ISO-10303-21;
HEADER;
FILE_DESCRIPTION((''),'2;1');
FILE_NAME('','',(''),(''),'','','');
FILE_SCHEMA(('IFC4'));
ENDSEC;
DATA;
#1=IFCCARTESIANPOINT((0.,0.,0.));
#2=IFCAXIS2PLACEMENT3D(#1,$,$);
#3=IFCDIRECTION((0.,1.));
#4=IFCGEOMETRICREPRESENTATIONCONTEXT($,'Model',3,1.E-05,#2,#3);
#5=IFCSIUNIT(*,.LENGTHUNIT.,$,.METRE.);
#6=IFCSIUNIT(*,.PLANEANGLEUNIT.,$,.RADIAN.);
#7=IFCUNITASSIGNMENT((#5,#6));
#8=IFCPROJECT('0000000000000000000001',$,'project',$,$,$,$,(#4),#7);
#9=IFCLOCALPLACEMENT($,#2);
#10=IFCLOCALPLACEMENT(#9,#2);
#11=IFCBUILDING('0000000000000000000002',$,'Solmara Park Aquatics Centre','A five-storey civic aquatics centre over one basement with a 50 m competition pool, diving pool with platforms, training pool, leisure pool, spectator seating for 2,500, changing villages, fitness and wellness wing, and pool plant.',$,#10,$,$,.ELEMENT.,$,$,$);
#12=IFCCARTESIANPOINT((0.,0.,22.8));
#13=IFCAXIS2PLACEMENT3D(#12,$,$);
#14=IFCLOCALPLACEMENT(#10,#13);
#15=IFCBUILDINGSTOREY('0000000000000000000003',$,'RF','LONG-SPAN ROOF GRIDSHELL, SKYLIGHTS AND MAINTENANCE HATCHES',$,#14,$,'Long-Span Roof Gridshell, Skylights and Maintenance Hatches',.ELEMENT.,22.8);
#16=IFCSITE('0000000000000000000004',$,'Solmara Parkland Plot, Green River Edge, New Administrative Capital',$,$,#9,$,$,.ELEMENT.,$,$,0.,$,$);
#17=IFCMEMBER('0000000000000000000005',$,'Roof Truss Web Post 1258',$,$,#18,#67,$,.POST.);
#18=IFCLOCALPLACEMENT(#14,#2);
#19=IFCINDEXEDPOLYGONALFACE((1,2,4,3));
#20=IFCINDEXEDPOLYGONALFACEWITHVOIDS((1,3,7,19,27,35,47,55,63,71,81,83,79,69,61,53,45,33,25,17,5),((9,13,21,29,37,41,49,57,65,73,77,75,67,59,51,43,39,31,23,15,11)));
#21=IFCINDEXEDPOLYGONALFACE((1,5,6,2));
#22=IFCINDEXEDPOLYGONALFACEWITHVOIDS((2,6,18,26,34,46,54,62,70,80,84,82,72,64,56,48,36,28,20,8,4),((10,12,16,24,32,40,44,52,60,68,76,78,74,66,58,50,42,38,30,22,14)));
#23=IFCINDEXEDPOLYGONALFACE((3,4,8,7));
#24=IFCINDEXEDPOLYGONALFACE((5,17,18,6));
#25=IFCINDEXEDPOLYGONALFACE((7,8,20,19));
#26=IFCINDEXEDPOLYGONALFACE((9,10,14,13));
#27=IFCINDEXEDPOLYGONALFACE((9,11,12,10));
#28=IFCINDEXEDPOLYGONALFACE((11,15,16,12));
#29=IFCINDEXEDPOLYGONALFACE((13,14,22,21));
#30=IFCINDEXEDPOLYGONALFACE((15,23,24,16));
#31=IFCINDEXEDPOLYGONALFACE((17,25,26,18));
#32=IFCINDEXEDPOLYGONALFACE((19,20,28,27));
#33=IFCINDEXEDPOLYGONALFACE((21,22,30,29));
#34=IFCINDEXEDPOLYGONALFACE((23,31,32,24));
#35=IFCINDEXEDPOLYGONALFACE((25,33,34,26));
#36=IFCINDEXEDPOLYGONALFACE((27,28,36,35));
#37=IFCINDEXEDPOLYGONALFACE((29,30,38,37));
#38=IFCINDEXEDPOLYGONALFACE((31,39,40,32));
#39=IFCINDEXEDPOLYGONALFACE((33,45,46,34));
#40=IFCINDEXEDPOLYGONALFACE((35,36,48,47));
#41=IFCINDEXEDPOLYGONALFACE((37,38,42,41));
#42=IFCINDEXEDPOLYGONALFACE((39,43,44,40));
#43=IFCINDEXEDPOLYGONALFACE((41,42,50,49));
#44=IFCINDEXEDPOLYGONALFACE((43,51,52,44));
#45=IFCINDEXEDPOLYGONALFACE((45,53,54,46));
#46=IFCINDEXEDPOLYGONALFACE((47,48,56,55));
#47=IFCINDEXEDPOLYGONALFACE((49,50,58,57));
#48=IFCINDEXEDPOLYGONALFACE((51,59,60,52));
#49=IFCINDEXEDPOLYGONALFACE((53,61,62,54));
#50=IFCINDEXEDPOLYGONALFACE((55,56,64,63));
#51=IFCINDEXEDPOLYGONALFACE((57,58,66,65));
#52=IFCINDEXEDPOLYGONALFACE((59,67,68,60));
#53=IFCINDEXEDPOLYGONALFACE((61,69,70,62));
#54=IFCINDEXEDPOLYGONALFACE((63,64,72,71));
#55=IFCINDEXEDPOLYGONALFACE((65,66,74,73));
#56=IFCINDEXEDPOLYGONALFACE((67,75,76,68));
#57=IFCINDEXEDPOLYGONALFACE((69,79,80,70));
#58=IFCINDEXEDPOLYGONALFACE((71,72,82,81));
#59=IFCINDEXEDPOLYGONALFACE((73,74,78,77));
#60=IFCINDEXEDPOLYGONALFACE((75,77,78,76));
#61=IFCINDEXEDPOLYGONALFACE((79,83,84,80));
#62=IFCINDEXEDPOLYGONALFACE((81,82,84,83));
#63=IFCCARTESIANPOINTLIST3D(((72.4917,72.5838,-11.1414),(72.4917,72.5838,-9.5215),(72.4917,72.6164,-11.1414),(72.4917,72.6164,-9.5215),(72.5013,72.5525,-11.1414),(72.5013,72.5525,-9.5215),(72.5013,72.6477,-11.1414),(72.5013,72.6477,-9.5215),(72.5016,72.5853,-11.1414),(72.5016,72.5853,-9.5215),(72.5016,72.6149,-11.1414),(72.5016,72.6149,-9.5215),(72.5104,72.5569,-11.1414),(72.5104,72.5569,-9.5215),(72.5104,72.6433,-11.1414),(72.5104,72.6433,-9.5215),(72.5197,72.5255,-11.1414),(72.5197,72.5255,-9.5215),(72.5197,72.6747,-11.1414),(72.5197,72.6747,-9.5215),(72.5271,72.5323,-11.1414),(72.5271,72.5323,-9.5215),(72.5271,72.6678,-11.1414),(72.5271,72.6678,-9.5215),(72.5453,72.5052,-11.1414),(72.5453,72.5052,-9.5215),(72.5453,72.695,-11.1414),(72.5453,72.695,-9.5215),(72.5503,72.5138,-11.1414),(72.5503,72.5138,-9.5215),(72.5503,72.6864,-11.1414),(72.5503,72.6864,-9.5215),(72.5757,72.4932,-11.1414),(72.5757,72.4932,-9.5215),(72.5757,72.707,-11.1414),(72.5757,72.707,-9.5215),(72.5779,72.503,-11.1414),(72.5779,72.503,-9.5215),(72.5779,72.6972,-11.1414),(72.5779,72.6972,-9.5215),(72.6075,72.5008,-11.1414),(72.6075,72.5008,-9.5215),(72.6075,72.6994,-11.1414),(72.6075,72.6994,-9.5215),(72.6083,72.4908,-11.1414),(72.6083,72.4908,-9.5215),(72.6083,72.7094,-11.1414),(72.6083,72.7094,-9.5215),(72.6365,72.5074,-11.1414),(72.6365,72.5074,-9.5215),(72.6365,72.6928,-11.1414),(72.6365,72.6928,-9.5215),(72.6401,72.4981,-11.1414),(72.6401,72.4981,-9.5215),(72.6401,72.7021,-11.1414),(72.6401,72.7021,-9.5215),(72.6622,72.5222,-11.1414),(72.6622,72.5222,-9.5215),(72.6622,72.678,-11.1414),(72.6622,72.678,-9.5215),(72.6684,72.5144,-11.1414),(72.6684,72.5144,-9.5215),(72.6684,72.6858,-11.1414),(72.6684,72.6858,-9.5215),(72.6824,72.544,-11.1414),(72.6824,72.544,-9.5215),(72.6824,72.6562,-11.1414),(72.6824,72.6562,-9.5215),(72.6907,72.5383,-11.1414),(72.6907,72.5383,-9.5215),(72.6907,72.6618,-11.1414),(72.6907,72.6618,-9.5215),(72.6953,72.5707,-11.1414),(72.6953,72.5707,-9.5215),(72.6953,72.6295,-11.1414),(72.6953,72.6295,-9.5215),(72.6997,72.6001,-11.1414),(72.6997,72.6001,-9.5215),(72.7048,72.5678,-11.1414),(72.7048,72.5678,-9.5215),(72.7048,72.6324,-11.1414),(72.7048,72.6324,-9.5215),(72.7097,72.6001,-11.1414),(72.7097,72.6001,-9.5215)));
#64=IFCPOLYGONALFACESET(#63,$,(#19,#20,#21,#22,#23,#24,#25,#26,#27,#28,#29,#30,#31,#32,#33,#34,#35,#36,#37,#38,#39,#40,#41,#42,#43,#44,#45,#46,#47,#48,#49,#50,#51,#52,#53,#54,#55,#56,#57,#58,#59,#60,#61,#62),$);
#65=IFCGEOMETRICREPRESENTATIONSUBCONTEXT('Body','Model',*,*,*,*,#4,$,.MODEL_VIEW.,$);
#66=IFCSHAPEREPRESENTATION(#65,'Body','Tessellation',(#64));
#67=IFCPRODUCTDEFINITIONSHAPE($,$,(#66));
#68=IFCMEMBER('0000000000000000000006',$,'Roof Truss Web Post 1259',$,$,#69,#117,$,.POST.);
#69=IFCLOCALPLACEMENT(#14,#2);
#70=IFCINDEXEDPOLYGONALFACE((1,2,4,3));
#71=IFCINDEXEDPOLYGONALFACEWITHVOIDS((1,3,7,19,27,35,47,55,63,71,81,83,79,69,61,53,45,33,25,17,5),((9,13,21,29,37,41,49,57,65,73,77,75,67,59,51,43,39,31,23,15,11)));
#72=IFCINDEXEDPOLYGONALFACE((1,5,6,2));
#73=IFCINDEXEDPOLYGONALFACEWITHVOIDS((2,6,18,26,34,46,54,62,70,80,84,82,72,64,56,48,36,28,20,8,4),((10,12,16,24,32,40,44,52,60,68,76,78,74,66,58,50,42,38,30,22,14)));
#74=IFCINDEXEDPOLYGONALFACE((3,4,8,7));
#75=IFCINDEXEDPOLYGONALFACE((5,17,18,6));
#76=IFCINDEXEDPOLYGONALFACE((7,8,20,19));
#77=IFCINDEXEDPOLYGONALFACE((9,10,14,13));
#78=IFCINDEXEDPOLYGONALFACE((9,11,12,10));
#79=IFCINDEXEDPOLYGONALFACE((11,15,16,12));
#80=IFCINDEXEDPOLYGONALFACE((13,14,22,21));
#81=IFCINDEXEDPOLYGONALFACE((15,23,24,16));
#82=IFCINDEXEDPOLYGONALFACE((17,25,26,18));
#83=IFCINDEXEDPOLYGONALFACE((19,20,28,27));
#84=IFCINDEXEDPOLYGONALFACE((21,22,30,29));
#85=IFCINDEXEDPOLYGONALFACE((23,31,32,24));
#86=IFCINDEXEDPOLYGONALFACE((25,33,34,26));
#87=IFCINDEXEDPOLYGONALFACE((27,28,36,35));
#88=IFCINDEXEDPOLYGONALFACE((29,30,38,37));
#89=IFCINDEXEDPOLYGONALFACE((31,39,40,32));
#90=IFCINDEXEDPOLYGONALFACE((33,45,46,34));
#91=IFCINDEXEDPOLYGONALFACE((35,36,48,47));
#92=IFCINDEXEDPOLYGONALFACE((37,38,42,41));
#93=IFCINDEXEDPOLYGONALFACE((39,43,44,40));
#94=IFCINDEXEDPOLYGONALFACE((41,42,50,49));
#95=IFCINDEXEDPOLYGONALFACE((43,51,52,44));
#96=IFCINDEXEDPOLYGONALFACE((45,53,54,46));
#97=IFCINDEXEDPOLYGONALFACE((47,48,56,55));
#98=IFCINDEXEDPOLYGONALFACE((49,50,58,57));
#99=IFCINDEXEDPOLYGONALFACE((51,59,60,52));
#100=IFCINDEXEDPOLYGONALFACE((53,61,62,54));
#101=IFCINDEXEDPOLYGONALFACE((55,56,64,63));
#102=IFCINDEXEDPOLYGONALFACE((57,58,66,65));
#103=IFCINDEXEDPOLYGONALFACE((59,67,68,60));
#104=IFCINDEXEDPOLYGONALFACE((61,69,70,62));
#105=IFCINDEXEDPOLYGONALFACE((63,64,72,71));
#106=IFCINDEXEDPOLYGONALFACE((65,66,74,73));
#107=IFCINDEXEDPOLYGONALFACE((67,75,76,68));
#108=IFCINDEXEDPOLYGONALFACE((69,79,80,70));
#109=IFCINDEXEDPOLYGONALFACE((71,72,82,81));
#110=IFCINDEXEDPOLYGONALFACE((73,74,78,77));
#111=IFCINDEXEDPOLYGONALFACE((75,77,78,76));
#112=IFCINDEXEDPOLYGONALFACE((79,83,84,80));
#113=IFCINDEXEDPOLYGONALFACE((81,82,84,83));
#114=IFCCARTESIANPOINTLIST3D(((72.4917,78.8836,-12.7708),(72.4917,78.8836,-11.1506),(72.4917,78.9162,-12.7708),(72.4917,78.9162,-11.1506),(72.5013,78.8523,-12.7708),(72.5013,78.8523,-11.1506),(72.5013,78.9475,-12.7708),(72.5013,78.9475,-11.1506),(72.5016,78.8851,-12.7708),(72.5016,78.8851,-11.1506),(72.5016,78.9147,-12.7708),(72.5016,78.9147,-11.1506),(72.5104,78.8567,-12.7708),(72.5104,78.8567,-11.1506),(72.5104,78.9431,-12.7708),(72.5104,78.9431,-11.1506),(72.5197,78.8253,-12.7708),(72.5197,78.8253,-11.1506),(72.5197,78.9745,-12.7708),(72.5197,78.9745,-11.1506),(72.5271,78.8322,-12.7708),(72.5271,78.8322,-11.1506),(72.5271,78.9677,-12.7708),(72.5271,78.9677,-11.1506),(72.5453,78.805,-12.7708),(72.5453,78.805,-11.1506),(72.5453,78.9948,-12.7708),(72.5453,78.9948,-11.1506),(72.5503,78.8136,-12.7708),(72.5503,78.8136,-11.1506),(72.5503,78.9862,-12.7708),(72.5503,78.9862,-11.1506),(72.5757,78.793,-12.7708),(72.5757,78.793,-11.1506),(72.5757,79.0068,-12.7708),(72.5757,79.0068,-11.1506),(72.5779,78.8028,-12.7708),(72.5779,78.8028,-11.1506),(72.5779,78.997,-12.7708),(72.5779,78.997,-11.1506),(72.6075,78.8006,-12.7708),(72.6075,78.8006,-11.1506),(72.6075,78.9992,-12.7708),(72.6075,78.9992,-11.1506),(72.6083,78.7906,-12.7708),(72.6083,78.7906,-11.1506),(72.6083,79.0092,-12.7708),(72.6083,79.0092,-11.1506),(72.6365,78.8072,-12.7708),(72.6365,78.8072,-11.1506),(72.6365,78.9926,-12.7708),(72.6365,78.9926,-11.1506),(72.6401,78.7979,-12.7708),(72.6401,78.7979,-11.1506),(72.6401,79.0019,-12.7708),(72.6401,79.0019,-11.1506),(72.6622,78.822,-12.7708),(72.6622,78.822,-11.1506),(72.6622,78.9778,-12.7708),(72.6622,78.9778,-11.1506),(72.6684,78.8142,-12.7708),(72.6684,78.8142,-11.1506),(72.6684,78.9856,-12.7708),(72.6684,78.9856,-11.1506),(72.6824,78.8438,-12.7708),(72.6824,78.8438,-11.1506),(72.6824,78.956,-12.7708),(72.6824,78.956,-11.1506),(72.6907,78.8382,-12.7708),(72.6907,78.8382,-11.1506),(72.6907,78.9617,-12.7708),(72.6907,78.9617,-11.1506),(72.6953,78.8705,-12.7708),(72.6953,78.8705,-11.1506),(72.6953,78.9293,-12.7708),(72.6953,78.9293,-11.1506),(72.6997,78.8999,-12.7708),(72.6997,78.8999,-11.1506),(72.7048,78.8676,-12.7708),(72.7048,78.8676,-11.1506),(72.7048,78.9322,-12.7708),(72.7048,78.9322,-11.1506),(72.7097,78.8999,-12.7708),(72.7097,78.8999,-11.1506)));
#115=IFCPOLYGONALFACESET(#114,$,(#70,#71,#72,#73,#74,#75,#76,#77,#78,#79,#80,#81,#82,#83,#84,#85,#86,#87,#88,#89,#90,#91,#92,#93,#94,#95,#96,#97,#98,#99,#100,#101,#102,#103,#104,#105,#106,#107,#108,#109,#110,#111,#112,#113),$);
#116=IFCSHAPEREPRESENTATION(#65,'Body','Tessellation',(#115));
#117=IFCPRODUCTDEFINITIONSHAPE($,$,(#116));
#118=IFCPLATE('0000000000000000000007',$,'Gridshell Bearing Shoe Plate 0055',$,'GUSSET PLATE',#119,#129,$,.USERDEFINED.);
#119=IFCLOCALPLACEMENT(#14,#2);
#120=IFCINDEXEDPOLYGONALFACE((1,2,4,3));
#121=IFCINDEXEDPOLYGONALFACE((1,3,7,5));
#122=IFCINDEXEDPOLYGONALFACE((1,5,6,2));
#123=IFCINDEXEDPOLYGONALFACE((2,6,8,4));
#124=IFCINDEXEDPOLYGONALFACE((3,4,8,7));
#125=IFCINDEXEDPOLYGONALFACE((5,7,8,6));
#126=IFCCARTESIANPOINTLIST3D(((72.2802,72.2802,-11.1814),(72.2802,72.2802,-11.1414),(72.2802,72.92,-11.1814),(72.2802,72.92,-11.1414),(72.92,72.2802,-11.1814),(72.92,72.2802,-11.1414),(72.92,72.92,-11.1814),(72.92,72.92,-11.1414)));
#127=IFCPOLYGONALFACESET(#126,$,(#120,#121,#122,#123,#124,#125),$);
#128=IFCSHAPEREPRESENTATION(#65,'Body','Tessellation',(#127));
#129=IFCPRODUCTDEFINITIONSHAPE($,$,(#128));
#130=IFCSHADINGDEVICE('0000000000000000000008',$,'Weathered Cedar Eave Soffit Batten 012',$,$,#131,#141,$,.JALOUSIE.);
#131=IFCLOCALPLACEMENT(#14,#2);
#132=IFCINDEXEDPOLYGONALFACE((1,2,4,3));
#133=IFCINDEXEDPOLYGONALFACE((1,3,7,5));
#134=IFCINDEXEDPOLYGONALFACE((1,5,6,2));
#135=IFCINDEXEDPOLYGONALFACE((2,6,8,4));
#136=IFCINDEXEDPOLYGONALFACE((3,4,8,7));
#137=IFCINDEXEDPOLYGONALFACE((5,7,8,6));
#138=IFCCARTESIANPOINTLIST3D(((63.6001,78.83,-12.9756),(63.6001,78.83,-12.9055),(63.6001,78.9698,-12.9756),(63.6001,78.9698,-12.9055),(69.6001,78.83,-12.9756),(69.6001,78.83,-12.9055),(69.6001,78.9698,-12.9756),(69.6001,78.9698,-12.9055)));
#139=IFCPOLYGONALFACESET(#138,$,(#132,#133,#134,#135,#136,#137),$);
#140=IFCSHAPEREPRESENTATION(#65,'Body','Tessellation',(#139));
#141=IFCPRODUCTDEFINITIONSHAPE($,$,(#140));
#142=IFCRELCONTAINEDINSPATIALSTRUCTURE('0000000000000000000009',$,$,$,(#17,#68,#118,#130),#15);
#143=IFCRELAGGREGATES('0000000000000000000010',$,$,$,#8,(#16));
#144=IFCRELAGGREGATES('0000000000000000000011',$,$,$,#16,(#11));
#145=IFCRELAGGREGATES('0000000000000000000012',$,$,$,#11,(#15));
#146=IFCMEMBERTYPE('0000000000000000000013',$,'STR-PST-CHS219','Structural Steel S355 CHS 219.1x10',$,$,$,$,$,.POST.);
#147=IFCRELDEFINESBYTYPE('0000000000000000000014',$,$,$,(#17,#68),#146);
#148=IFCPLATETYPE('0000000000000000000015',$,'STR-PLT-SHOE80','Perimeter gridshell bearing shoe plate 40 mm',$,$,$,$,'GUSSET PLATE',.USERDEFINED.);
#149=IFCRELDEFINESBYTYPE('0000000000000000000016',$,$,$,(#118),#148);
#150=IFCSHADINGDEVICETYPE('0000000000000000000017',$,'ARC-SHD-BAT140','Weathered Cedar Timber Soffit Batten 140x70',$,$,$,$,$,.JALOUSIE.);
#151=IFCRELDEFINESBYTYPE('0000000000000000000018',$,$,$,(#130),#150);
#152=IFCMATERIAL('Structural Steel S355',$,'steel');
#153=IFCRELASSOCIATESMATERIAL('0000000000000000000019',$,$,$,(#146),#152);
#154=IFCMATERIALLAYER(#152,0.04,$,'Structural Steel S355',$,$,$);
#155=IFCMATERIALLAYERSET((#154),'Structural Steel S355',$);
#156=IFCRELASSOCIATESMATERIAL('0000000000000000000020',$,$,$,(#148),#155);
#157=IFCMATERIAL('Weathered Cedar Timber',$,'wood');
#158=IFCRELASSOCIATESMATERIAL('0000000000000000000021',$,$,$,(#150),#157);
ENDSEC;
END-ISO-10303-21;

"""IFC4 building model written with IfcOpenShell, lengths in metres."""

from ifc_helpers import new_model, si_unit, direction, frame, origin, origin_2d, place, context, subcontext, project, spatial, rectangle, hollow_circle, extrude, material, layer, layer_set, material_profile, profile_set, type_object, element, save


model = new_model("IFC4")

# Units and contexts
model_context = context("Model", 3, precision=1e-05, world=origin(), true_north=direction((0.0, 1.0)))
body_context = subcontext(model_context, "Body", "Model", "MODEL_VIEW")
ifc_project = project(units=[si_unit("LENGTHUNIT", "METRE"), si_unit("PLANEANGLEUNIT", "RADIAN")], contexts=[model_context])

# Site, building, storey
site_placement = place(None, origin())
site = spatial("IfcSite", under=ifc_project, at=site_placement, Name="Solmara Parkland Plot, Green River Edge, New Administrative Capital", CompositionType="ELEMENT", RefElevation=0.0)
building_placement = place(site_placement, origin())
building = spatial("IfcBuilding", under=site, at=building_placement, Name="Solmara Park Aquatics Centre", Description="A five-storey civic aquatics centre over one basement with a 50 m competition pool, diving pool with platforms, training pool, leisure pool, spectator seating for 2,500, changing villages, fitness and wellness wing, and pool plant.", CompositionType="ELEMENT")
storey_placement = place(building_placement, frame((0.0, 0.0, 22.8)))
storey = spatial("IfcBuildingStorey", under=building, at=storey_placement, Name="RF", Description="LONG-SPAN ROOF GRIDSHELL, SKYLIGHTS AND MAINTENANCE HATCHES", LongName="Long-Span Roof Gridshell, Skylights and Maintenance Hatches", CompositionType="ELEMENT", Elevation=22.8)

# Members
ifc_material_1 = material(Name="Structural Steel S355", Category="steel")
ifc_material_profile_1 = material_profile(ifc_material_1, hollow_circle(Radius=0.1096, WallThickness=0.01, at=origin_2d()), Name="CHS 219.1x10")
ifc_profile_set_1 = profile_set([ifc_material_profile_1], Name="Structural Steel S355")
member_type_1 = type_object("IfcMemberType", Name="STR-PST-CHS219", Description="Structural Steel S355 CHS 219.1x10", PredefinedType="POST", material=ifc_profile_set_1)
member_1_placement = place(storey_placement, frame((72.6001, 72.6001, -11.1414), z_axis=(0.0, 0.0, 1.0), x_axis=(1.0, 0.0, 0.0)))
element("IfcMember", 1, at=member_1_placement, inside=storey, type_object=member_type_1, Name="Roof Truss Web Post 1258", PredefinedType="POST", context=body_context, shape_type="SweptSolid", body=[
    extrude(hollow_circle(Radius=0.1096, WallThickness=0.01, at=origin_2d()), origin(), (0.0, 0.0, 1.0), 1.6199),
])
member_2_placement = place(storey_placement, frame((72.6001, 78.8999, -12.7708), z_axis=(0.0, 0.0, 1.0), x_axis=(1.0, 0.0, 0.0)))
element("IfcMember", 2, at=member_2_placement, inside=storey, type_object=member_type_1, Name="Roof Truss Web Post 1259", PredefinedType="POST", context=body_context, shape_type="SweptSolid", body=[
    extrude(hollow_circle(Radius=0.1096, WallThickness=0.01, at=origin_2d()), origin(), (0.0, 0.0, 1.0), 1.6201),
])

# Plate
ifc_layer = layer(ifc_material_1, 0.04, Name="Structural Steel S355")
ifc_layer_set = layer_set([ifc_layer], Name="Structural Steel S355")
plate_type = type_object("IfcPlateType", Name="STR-PLT-SHOE80", Description="Perimeter gridshell bearing shoe plate 40 mm", ElementType="GUSSET PLATE", PredefinedType="USERDEFINED", material=ifc_layer_set)
plate_placement = place(storey_placement, frame((72.6001, 72.6001, -11.1814), z_axis=(0.0, 0.0, 1.0), x_axis=(1.0, 0.0, 0.0)))
element("IfcPlate", 3, at=plate_placement, inside=storey, type_object=plate_type, Name="Gridshell Bearing Shoe Plate 0055", ObjectType="GUSSET PLATE", PredefinedType="USERDEFINED", context=body_context, shape_type="SweptSolid", body=[
    extrude(rectangle(XDim=0.6399, YDim=0.6399, at=origin_2d()), origin(), (0.0, 0.0, 1.0), 0.04),
])

# Shading device
ifc_material_2 = material(Name="Weathered Cedar Timber", Category="wood")
shading_device_type = type_object("IfcShadingDeviceType", Name="ARC-SHD-BAT140", Description="Weathered Cedar Timber Soffit Batten 140x70", PredefinedType="JALOUSIE", material=ifc_material_2)
shading_device_placement = place(storey_placement, frame((66.6001, 78.8999, -12.9756), z_axis=(0.0, 0.0, 1.0), x_axis=(1.0, 0.0, 0.0)))
element("IfcShadingDevice", 4, at=shading_device_placement, inside=storey, type_object=shading_device_type, Name="Weathered Cedar Eave Soffit Batten 012", PredefinedType="JALOUSIE", context=body_context, shape_type="SweptSolid", body=[
    extrude(rectangle(XDim=6.0, YDim=0.1399, at=origin_2d()), origin(), (0.0, 0.0, 1.0), 0.0701),
])

save(model, "model.ifc")
